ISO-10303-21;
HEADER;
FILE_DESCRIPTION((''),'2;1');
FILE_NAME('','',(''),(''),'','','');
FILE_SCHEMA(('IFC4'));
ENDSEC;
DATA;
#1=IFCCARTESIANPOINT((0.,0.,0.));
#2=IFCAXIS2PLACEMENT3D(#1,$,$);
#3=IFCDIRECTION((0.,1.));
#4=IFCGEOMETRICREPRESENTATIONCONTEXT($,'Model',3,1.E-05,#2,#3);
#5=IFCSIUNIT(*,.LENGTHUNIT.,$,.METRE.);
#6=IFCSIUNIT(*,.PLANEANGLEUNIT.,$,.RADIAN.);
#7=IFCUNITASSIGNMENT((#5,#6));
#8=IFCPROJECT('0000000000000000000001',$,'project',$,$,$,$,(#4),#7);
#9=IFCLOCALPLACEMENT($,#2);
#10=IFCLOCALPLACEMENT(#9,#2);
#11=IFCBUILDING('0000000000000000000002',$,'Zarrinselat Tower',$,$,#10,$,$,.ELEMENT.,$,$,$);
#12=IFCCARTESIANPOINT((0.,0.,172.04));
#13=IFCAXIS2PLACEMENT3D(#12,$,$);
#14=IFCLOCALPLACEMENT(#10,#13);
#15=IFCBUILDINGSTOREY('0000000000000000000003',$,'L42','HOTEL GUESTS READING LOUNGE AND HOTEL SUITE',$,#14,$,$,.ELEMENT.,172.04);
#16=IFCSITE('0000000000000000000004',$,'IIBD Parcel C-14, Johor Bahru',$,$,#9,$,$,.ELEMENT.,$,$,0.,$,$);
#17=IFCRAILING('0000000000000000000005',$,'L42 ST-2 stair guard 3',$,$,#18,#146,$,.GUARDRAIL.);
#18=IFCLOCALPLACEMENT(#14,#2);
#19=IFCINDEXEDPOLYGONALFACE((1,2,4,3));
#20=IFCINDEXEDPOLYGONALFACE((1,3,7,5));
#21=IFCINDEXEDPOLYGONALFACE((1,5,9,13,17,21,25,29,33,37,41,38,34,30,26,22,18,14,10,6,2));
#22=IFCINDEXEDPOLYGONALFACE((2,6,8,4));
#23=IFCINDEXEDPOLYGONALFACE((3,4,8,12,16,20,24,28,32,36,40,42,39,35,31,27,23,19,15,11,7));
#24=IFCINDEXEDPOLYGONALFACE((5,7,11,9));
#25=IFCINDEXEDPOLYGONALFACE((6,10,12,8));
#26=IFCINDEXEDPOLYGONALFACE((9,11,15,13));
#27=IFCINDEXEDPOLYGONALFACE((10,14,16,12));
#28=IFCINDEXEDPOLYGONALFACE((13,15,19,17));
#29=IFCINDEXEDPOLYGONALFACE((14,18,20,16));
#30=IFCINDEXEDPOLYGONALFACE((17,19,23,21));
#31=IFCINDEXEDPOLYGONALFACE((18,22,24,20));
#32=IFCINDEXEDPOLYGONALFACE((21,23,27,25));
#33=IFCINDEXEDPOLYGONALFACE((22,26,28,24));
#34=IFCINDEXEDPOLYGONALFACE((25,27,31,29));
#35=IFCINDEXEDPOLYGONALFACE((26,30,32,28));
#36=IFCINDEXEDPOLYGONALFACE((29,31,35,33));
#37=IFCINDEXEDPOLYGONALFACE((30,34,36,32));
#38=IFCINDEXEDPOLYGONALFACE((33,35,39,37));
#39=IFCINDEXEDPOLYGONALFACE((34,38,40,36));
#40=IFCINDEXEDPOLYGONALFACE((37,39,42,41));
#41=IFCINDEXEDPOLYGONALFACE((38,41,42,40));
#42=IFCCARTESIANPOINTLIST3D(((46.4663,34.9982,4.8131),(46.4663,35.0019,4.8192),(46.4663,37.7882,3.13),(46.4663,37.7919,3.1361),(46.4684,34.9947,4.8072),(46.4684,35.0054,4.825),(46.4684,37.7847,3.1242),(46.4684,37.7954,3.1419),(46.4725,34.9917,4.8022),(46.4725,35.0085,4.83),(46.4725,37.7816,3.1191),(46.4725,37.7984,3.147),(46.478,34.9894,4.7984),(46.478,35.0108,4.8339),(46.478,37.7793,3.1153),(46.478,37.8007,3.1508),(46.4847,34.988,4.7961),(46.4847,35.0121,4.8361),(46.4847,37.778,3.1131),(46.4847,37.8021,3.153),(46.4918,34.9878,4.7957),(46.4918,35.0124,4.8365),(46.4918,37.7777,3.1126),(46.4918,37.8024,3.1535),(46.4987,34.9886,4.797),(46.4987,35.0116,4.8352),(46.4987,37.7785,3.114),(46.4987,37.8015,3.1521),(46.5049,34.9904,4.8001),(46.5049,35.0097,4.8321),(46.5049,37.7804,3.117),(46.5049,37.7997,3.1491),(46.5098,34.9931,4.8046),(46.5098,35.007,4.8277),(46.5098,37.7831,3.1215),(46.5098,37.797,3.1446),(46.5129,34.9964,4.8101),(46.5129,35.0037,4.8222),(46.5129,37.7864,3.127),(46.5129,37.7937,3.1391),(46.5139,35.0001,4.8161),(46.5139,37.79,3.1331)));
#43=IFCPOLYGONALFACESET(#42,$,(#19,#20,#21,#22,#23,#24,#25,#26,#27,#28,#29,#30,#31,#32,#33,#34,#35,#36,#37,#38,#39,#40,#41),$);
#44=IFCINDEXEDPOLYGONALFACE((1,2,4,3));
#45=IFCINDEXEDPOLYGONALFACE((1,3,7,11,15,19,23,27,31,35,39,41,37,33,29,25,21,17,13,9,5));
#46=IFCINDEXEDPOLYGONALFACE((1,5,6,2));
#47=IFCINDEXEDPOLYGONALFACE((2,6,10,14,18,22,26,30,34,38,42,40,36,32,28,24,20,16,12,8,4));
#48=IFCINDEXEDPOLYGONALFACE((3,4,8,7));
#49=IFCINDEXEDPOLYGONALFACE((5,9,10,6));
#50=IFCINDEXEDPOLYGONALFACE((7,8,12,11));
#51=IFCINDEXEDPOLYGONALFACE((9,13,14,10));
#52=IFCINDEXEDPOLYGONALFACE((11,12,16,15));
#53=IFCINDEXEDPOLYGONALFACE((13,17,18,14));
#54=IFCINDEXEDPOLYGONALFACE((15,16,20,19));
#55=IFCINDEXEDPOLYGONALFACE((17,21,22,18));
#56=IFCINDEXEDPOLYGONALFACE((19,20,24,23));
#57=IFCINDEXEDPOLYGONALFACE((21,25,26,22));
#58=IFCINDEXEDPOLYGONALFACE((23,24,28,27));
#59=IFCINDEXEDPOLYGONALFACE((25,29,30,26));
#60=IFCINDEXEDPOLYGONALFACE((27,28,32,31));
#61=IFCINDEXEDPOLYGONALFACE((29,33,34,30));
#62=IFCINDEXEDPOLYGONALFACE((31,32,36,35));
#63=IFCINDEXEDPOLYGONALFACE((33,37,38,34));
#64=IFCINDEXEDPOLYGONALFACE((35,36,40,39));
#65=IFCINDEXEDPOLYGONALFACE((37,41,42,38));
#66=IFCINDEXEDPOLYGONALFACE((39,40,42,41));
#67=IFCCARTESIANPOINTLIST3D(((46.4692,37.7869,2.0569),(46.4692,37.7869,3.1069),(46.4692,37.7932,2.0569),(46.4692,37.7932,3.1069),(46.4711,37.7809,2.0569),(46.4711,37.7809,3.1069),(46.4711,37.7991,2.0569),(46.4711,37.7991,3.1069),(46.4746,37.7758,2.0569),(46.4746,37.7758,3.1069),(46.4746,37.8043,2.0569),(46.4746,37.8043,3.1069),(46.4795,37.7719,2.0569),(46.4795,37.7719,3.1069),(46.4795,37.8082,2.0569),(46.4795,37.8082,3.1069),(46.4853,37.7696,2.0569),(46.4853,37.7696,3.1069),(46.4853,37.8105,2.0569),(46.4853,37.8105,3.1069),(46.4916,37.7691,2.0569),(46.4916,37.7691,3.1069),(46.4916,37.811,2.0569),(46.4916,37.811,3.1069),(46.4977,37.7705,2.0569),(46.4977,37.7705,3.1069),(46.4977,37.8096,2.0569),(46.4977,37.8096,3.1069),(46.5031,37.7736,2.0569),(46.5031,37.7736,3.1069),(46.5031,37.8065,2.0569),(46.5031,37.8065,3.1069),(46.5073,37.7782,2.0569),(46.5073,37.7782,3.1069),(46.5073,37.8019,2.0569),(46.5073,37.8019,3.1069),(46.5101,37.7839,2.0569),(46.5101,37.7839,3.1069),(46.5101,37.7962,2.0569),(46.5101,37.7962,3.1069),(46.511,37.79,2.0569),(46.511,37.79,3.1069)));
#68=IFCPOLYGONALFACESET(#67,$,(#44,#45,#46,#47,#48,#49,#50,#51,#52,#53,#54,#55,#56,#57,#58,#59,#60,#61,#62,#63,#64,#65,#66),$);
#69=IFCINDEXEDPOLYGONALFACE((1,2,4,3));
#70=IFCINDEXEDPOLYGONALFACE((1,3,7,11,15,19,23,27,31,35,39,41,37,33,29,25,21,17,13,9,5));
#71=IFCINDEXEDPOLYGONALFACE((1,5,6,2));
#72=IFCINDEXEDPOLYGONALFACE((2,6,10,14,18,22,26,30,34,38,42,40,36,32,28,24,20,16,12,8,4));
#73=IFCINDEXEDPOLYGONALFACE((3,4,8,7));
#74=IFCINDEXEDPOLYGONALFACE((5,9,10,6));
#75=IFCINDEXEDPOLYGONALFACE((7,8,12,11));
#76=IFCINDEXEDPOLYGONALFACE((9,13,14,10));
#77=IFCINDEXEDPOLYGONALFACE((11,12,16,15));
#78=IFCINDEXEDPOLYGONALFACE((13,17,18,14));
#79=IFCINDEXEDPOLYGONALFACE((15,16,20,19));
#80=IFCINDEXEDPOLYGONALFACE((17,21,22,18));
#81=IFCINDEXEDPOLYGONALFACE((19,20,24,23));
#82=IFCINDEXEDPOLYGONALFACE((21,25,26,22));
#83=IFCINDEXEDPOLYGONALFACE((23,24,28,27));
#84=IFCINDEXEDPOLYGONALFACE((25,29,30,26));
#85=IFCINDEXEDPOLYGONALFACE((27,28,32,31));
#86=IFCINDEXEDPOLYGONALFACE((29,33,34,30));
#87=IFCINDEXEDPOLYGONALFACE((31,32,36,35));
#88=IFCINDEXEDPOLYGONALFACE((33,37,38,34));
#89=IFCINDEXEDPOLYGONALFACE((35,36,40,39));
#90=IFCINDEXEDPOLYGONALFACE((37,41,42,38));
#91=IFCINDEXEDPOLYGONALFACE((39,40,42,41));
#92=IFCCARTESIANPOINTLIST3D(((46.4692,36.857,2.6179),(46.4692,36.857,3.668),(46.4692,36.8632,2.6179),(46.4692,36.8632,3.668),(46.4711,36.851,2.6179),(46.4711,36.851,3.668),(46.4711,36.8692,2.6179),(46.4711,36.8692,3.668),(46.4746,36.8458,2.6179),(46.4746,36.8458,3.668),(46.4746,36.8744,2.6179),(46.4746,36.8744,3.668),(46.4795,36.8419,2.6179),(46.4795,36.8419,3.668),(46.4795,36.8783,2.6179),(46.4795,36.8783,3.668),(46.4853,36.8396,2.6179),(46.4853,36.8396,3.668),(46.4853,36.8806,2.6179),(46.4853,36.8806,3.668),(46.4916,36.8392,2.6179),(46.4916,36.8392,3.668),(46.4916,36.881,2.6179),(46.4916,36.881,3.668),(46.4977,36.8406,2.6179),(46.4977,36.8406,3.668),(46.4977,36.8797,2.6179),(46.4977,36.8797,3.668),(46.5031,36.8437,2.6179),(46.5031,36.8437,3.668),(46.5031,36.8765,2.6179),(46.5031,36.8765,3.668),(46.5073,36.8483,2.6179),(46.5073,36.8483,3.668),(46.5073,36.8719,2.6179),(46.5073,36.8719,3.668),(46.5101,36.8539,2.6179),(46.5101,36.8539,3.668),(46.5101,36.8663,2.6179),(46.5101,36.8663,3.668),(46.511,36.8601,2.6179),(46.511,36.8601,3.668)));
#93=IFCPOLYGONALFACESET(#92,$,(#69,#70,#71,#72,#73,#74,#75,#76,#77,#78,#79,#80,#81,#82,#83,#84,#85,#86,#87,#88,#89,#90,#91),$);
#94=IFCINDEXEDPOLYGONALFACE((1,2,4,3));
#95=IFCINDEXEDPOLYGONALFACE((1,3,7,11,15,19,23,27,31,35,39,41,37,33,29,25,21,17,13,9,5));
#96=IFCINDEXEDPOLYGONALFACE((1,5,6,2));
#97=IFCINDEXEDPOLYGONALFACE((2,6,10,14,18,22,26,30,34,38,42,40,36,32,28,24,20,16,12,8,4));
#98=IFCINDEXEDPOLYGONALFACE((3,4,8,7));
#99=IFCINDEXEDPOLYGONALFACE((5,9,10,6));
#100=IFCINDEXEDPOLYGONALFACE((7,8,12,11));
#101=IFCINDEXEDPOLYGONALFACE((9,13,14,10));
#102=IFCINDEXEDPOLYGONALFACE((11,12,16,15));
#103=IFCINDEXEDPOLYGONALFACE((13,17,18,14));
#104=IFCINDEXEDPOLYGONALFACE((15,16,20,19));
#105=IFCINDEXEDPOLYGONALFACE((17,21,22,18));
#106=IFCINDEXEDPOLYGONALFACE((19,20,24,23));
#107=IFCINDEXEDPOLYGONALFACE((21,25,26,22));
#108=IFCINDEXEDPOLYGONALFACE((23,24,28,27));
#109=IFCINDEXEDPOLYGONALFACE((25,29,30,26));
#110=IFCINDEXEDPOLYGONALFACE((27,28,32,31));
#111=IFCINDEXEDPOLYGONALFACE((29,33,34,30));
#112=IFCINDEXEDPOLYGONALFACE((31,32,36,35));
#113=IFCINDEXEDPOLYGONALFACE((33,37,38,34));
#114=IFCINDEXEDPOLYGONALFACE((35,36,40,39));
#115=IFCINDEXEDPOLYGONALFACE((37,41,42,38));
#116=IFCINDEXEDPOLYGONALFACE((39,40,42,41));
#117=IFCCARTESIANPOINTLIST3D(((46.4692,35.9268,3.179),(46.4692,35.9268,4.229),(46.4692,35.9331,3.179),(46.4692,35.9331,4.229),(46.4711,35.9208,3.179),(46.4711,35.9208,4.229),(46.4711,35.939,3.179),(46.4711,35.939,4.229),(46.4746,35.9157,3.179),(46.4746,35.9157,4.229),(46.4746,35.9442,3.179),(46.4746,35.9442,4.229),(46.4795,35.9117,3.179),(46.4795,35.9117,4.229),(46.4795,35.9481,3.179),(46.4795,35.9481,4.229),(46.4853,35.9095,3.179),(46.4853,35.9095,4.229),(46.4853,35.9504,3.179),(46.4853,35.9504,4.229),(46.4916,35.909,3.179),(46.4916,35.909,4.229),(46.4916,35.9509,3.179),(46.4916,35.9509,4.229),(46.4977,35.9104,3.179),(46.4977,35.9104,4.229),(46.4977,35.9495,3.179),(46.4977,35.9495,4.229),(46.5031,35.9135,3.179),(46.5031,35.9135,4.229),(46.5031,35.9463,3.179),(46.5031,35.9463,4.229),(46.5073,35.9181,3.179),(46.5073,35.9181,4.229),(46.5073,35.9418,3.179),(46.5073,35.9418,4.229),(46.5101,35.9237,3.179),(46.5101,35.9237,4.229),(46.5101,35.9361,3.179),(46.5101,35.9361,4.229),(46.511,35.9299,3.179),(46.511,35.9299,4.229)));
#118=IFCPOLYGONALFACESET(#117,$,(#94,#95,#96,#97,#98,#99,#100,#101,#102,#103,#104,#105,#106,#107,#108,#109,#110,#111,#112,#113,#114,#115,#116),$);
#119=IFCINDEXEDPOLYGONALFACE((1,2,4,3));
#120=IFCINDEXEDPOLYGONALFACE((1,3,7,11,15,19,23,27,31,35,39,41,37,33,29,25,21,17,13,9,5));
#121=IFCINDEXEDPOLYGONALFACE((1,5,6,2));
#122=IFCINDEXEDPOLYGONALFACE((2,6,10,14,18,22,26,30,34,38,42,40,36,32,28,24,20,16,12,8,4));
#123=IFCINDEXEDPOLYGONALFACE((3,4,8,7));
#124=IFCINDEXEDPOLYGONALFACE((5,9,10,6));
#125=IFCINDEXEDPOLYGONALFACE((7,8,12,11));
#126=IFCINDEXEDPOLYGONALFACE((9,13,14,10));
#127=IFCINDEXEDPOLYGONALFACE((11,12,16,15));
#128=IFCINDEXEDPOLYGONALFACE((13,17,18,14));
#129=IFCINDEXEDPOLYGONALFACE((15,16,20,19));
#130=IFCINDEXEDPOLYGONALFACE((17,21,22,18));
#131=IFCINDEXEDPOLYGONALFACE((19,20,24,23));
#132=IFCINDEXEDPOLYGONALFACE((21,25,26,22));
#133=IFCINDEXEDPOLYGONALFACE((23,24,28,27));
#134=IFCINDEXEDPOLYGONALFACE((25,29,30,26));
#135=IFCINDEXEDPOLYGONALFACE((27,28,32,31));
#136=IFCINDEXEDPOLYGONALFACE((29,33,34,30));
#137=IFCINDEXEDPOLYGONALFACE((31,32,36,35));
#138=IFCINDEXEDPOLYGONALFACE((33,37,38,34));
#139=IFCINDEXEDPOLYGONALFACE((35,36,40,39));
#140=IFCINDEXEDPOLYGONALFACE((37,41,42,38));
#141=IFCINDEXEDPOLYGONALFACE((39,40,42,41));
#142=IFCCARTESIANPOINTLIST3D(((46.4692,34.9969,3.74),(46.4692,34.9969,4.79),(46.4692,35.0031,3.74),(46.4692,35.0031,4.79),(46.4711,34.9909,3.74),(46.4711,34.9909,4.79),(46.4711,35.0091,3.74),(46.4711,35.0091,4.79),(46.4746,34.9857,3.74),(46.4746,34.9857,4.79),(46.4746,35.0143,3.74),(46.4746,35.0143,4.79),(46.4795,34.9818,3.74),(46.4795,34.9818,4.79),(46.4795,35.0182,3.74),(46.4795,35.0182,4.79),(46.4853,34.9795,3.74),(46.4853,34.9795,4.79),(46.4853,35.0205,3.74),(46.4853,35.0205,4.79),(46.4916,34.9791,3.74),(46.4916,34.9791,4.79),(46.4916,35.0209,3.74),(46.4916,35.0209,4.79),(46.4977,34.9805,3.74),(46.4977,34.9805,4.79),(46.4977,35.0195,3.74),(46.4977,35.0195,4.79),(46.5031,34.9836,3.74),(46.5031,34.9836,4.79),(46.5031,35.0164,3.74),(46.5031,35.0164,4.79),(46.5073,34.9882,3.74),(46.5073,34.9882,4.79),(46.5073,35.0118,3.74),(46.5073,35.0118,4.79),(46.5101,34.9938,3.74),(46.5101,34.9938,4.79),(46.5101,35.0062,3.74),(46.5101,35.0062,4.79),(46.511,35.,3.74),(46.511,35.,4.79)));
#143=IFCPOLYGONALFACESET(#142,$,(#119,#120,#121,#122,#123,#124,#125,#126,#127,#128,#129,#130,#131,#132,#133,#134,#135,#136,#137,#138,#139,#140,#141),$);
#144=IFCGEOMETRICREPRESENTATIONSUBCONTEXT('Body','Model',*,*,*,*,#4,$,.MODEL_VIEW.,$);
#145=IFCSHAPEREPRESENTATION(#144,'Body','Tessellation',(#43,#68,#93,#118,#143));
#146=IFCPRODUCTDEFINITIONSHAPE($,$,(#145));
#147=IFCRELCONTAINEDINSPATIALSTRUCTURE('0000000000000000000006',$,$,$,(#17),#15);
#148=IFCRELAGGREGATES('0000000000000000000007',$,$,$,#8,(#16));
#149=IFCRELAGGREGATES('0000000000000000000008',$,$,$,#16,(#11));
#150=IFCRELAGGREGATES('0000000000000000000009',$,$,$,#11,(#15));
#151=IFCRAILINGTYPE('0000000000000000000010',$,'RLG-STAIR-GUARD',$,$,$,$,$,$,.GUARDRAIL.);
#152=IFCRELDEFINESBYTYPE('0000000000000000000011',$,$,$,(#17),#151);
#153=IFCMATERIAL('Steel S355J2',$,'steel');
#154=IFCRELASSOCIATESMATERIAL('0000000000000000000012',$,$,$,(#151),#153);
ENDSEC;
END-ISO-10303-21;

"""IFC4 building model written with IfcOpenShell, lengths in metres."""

from ifc_helpers import new_model, si_unit, direction, frame, origin, origin_2d, place, context, subcontext, project, spatial, circle, extrude, material, type_object, element, save


model = new_model("IFC4")

# Units and contexts
model_context = context("Model", 3, precision=1e-05, world=origin(), true_north=direction((0.0, 1.0)))
body_context = subcontext(model_context, "Body", "Model", "MODEL_VIEW")
ifc_project = project(units=[si_unit("LENGTHUNIT", "METRE"), si_unit("PLANEANGLEUNIT", "RADIAN")], contexts=[model_context])

# Site, building, storey
site_placement = place(None, origin())
site = spatial("IfcSite", under=ifc_project, at=site_placement, Name="IIBD Parcel C-14, Johor Bahru", CompositionType="ELEMENT", RefElevation=0.0)
building_placement = place(site_placement, origin())
building = spatial("IfcBuilding", under=site, at=building_placement, Name="Zarrinselat Tower", CompositionType="ELEMENT")
storey_placement = place(building_placement, frame((0.0, 0.0, 172.04)))
storey = spatial("IfcBuildingStorey", under=building, at=storey_placement, Name="L42", Description="HOTEL GUESTS READING LOUNGE AND HOTEL SUITE", CompositionType="ELEMENT", Elevation=172.04)

# Railing
ifc_material_1 = material(Name="Steel S355J2", Category="steel")
railing_type_1 = type_object("IfcRailingType", Name="RLG-STAIR-GUARD", PredefinedType="GUARDRAIL", material=ifc_material_1)
railing_1_placement = place(storey_placement, frame((46.49, 37.79, 2.0569)))
element("IfcRailing", 1, at=railing_1_placement, inside=storey, type_object=railing_type_1, Name="L42 ST-2 stair guard 3", PredefinedType="GUARDRAIL", context=body_context, shape_type="SweptSolid", body=[
    extrude(circle(Radius=0.0239, at=origin_2d()), frame((0.0, 0.0, 1.0762), z_axis=(0.0, -0.856261, 0.516544), x_axis=(1.0, 0.0, 0.0)), (0.0, 0.0, 1.0), 3.2583),
    extrude(circle(Radius=0.021, at=origin_2d()), origin(), (0.0, 0.0, 1.0), 1.05),
    extrude(circle(Radius=0.021, at=origin_2d()), frame((0.0, -0.9299, 0.561)), (0.0, 0.0, 1.0), 1.05),
    extrude(circle(Radius=0.021, at=origin_2d()), frame((0.0, -1.8601, 1.1221)), (0.0, 0.0, 1.0), 1.05),
    extrude(circle(Radius=0.021, at=origin_2d()), frame((0.0, -2.79, 1.6831)), (0.0, 0.0, 1.0), 1.05),
])

save(model, "model.ifc")
